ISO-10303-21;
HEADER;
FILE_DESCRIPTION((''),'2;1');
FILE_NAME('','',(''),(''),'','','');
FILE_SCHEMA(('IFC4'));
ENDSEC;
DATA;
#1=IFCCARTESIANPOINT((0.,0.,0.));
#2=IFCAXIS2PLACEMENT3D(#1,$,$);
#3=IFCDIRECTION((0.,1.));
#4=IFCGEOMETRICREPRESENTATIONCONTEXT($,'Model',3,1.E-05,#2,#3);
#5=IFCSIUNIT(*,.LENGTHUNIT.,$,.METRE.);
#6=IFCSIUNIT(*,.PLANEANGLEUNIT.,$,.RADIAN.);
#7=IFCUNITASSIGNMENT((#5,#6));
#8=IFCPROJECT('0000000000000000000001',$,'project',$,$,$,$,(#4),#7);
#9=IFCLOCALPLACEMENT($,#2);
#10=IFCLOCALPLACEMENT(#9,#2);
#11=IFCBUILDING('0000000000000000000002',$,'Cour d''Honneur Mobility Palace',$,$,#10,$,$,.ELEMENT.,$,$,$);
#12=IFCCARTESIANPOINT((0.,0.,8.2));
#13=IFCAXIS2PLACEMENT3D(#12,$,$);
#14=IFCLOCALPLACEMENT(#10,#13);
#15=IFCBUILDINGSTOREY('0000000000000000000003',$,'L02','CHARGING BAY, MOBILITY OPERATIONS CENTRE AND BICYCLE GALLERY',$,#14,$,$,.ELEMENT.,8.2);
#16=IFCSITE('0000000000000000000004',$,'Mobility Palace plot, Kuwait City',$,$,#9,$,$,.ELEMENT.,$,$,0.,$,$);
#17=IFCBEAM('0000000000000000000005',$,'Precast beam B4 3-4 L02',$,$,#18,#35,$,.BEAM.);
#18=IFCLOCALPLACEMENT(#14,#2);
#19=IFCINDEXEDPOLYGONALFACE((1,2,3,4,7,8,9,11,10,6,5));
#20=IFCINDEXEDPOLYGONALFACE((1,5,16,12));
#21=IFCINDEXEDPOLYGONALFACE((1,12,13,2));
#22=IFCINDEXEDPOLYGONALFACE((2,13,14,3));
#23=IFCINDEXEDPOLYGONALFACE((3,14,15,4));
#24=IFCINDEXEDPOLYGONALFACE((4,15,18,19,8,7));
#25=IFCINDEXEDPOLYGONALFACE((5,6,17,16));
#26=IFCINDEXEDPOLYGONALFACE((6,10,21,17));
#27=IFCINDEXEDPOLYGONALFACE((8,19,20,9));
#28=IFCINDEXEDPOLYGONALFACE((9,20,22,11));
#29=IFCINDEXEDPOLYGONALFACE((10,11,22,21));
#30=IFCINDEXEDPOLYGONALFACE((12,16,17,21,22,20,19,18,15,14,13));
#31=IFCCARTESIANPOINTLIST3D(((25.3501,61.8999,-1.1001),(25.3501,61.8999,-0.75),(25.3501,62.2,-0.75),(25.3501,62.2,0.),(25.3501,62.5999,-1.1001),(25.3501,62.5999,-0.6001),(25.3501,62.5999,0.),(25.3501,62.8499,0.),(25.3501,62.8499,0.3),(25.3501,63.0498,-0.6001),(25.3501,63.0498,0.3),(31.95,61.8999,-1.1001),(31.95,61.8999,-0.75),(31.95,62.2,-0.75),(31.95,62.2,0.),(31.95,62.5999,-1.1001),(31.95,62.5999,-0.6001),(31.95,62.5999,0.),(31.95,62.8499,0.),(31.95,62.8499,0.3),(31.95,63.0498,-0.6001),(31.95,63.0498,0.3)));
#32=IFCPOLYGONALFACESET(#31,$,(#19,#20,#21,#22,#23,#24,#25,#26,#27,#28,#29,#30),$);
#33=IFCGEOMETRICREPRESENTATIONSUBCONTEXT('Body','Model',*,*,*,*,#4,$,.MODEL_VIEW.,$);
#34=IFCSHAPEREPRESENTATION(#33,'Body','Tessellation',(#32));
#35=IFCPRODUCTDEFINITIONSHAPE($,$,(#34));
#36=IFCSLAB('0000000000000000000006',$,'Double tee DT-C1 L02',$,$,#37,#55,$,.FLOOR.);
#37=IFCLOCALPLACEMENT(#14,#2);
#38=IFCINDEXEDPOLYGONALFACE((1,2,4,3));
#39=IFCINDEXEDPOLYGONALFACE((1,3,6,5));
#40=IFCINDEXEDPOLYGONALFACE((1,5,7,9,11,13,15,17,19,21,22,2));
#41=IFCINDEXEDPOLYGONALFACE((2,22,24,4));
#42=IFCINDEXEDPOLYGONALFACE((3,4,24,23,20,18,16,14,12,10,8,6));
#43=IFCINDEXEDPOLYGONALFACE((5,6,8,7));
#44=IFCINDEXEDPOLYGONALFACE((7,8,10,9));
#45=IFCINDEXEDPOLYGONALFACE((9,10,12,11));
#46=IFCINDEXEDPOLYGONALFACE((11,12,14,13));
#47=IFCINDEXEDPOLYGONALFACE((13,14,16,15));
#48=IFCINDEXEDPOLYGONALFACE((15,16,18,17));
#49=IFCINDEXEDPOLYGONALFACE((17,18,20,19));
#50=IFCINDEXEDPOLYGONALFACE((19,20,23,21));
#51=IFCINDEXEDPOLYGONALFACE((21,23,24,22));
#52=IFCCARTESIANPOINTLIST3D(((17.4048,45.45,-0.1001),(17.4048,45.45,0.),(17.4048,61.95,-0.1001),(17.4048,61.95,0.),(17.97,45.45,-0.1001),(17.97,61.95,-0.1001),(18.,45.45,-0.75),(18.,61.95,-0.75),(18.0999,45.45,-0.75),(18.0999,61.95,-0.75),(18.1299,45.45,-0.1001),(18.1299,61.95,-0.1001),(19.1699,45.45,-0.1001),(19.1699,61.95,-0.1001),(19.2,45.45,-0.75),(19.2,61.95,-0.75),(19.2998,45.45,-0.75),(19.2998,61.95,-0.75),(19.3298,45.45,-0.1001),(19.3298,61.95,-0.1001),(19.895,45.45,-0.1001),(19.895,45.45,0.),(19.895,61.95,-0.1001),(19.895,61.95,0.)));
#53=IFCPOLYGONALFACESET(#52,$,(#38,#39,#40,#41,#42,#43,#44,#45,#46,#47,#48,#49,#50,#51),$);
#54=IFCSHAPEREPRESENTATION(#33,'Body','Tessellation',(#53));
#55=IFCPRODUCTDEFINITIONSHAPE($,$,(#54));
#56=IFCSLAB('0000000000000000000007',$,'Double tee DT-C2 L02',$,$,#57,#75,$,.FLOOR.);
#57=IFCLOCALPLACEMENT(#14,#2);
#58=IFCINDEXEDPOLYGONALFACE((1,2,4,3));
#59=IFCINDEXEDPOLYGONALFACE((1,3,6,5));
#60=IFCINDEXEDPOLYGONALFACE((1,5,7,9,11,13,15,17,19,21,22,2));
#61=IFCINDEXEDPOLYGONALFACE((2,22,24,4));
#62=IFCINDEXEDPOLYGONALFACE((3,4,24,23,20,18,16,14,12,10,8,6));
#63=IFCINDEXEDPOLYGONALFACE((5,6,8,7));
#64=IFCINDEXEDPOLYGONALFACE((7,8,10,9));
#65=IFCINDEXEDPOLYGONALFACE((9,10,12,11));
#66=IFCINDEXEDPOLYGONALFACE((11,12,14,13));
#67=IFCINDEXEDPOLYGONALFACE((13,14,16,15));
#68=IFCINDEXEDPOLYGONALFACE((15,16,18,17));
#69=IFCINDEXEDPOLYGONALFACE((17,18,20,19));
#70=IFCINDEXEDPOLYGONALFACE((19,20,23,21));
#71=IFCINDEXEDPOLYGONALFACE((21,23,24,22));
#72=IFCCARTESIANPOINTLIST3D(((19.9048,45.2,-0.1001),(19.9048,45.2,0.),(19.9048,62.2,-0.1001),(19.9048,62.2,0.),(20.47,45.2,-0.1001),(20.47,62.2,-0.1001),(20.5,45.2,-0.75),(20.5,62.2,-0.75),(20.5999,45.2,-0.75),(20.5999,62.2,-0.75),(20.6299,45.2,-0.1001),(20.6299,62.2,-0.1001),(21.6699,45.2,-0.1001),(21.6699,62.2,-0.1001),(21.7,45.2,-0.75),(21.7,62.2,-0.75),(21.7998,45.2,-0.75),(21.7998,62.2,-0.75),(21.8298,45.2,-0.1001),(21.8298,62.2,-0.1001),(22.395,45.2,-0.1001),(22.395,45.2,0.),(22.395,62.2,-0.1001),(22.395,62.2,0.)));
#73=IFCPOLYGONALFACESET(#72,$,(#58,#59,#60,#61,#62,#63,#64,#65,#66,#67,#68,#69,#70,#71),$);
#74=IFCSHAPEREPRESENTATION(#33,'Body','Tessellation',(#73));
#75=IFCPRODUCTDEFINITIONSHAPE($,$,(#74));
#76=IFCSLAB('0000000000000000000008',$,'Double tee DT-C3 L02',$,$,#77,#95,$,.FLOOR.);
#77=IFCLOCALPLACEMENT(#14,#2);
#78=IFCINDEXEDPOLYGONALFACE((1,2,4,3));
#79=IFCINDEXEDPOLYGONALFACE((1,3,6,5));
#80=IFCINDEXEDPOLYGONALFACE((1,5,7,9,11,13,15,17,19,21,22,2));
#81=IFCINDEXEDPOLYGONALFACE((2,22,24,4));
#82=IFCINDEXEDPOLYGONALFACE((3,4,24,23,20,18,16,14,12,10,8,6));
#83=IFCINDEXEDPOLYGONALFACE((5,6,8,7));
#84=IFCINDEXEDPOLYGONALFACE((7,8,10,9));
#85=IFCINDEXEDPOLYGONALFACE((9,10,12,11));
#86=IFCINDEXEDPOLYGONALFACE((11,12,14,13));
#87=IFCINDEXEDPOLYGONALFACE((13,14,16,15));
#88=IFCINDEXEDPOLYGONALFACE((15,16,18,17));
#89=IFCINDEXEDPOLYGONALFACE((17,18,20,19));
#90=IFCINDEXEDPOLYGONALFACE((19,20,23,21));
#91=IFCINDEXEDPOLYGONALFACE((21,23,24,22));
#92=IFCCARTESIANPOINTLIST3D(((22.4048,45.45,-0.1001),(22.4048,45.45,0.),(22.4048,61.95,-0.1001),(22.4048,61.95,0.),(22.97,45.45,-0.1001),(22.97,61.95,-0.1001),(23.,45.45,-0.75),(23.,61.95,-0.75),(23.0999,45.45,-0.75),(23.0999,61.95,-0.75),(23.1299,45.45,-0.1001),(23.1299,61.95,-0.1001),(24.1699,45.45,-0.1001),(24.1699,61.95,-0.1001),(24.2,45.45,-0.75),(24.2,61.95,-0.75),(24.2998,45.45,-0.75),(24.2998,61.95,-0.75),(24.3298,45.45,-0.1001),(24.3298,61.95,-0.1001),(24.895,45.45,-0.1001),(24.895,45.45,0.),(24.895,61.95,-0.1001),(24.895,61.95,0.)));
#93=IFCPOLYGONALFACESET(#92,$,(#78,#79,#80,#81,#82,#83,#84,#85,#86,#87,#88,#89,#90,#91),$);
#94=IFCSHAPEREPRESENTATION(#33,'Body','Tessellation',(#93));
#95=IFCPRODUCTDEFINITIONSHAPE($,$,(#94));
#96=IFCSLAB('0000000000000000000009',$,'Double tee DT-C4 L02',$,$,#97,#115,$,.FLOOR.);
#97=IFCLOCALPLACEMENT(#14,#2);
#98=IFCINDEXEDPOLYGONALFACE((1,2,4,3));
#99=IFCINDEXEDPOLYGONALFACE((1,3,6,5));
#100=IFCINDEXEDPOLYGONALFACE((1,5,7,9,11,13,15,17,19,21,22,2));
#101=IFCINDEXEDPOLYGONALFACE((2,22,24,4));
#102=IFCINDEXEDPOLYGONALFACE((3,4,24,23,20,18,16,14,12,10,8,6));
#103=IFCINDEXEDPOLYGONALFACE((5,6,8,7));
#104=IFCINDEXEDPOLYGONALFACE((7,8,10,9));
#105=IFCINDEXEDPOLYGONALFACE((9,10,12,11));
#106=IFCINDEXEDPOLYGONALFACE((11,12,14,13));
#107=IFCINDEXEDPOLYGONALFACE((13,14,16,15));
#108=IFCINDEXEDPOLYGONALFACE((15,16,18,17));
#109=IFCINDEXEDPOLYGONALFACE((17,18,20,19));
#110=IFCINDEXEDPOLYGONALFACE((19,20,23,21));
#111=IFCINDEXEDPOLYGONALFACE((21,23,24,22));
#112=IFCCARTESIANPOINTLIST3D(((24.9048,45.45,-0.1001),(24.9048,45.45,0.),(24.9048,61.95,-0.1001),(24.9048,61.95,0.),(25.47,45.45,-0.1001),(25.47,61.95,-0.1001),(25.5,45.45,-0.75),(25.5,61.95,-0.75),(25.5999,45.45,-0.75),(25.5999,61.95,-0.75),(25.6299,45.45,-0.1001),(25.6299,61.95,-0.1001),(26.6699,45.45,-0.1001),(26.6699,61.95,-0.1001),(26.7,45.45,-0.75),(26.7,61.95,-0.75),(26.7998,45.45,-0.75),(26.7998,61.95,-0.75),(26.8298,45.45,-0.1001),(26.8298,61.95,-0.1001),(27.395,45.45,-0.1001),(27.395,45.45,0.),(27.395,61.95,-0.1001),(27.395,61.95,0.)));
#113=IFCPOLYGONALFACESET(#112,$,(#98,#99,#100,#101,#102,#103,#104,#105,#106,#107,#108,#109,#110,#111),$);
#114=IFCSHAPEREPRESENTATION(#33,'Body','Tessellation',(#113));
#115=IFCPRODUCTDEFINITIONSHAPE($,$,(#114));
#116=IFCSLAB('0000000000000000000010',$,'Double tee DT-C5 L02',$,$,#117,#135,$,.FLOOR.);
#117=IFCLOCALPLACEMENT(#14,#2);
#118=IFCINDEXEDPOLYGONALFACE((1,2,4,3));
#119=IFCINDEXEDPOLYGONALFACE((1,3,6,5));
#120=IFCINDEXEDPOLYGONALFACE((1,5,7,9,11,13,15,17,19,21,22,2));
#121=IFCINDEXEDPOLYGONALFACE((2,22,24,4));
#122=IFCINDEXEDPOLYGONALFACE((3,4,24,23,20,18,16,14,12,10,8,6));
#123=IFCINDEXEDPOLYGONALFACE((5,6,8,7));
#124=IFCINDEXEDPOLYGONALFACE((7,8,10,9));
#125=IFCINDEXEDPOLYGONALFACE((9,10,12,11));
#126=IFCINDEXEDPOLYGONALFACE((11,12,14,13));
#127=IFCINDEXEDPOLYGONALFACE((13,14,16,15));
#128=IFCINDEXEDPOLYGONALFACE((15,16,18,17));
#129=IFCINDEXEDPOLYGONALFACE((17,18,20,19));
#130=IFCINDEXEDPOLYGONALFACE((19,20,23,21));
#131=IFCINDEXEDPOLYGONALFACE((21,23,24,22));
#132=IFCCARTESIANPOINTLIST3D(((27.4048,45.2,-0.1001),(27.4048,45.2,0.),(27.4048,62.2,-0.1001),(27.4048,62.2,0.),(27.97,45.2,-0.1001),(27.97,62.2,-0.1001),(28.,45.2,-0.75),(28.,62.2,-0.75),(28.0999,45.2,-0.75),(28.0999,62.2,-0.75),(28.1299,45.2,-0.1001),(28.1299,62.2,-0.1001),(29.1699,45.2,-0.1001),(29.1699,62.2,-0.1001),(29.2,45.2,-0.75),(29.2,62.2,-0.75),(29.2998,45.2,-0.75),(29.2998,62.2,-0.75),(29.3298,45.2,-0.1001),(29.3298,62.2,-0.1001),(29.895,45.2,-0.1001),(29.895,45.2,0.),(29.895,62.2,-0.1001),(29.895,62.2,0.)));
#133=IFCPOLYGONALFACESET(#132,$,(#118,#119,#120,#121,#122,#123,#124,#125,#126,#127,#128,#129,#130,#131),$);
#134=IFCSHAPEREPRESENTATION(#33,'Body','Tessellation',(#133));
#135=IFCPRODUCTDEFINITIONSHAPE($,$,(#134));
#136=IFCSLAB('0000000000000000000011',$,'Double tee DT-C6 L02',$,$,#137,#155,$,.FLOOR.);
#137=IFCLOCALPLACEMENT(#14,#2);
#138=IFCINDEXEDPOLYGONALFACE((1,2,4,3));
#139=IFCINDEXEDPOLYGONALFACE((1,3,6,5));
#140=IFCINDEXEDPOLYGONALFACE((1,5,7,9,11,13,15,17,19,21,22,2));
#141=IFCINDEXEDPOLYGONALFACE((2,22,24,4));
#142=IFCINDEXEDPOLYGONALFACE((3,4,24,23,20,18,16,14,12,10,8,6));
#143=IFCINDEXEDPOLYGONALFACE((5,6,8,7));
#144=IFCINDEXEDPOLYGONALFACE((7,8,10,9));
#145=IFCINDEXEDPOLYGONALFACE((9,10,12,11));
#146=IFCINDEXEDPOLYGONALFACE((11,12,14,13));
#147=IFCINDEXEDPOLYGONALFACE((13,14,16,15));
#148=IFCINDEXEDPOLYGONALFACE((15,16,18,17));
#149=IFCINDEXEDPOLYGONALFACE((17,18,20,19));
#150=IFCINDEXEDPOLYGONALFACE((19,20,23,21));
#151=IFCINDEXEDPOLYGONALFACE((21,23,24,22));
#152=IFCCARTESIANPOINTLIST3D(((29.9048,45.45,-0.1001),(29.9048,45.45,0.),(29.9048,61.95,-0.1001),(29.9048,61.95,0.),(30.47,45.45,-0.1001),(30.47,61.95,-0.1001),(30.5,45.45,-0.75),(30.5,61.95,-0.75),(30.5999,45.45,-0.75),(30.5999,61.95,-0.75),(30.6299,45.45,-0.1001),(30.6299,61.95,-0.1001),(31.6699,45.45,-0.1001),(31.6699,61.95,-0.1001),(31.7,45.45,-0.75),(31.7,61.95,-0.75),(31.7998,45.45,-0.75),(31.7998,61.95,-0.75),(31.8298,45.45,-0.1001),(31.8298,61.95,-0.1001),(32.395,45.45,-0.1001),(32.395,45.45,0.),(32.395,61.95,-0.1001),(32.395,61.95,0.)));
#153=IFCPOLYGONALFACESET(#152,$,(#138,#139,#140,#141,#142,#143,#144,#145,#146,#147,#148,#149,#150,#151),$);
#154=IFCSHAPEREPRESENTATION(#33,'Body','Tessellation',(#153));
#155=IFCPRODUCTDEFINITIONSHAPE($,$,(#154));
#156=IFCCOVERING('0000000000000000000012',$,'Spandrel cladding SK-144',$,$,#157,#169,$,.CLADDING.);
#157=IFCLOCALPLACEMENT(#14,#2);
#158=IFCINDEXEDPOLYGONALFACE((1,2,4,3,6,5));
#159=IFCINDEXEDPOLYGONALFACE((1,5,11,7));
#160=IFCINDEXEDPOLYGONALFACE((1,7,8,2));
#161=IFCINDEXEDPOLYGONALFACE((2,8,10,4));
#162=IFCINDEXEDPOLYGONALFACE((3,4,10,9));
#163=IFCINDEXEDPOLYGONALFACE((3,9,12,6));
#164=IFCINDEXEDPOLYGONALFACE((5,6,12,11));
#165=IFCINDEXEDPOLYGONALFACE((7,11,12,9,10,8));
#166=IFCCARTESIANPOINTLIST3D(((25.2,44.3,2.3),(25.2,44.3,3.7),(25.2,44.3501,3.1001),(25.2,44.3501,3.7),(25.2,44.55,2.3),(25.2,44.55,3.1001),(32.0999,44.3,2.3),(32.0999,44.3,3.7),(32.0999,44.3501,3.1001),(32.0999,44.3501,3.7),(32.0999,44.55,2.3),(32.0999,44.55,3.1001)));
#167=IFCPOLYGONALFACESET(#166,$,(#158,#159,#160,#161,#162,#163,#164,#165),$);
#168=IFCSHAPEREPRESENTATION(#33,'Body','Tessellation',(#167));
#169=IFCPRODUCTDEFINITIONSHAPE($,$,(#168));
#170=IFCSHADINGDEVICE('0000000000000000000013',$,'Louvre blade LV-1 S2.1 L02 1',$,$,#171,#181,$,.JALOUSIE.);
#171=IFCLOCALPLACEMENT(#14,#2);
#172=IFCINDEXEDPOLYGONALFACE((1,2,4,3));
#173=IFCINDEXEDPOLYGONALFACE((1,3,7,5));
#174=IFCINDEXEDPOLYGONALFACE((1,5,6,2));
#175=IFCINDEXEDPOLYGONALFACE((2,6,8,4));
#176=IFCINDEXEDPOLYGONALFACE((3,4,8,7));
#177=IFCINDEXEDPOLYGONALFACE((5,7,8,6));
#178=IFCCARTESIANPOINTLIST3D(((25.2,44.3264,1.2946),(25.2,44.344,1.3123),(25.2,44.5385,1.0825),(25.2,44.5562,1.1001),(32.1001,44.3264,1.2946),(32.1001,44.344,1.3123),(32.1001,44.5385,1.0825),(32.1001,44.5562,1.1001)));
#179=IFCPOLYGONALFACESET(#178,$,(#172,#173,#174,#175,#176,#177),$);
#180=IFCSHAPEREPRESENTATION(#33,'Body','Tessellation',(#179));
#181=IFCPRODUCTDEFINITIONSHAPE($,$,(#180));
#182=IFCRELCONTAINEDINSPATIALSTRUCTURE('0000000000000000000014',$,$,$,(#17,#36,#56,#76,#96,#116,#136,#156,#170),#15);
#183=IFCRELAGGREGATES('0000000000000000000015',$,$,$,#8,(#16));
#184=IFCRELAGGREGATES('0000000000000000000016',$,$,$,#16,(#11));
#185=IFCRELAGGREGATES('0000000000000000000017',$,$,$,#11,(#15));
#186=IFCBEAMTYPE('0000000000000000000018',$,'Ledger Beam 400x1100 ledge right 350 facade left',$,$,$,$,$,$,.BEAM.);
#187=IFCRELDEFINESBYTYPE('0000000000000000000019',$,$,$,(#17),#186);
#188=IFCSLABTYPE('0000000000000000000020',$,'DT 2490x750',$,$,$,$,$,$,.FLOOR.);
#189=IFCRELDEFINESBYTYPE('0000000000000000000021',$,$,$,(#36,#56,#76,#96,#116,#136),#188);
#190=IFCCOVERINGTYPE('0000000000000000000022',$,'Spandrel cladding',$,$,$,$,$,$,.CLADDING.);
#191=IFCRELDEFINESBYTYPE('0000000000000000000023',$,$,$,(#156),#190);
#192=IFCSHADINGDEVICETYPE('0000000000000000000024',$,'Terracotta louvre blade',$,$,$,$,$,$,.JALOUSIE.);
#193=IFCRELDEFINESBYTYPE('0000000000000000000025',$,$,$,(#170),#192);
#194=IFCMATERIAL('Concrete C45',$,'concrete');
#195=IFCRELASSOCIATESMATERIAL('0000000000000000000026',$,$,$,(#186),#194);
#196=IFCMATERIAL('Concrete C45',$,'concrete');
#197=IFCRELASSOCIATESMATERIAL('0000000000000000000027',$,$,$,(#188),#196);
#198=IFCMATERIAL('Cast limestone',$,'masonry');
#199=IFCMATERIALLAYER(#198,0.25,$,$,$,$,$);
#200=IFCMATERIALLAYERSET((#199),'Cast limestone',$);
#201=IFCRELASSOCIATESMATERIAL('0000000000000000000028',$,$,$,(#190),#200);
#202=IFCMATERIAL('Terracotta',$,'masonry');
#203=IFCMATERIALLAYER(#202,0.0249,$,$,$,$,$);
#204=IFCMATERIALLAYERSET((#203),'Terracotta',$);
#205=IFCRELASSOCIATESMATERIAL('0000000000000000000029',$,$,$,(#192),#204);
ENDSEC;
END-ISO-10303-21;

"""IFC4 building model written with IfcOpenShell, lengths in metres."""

from ifc_helpers import new_model, si_unit, direction, frame, origin, place, context, subcontext, project, spatial, polyline, outline, extrude, material, layer, layer_set, material_profile, profile_set, type_object, element, save


model = new_model("IFC4")

# Units and contexts
model_context = context("Model", 3, precision=1e-05, world=origin(), true_north=direction((0.0, 1.0)))
body_context = subcontext(model_context, "Body", "Model", "MODEL_VIEW")
ifc_project = project(units=[si_unit("LENGTHUNIT", "METRE"), si_unit("PLANEANGLEUNIT", "RADIAN")], contexts=[model_context])

# Site, building, storey
site_placement = place(None, origin())
site = spatial("IfcSite", under=ifc_project, at=site_placement, Name="Mobility Palace plot, Kuwait City", CompositionType="ELEMENT", RefElevation=0.0)
building_placement = place(site_placement, origin())
building = spatial("IfcBuilding", under=site, at=building_placement, Name="Cour d'Honneur Mobility Palace", CompositionType="ELEMENT")
storey_placement = place(building_placement, frame((0.0, 0.0, 8.2)))
storey = spatial("IfcBuildingStorey", under=building, at=storey_placement, Name="L02", Description="CHARGING BAY, MOBILITY OPERATIONS CENTRE AND BICYCLE GALLERY", CompositionType="ELEMENT", Elevation=8.2)

# Beam
ifc_material_1 = material(Name="Concrete C45", Category="concrete")
ifc_material_profile_1 = material_profile(ifc_material_1, outline(polyline([(0.2, -1.1001), (0.2, -0.6001), (0.6499, -0.6001), (0.6499, 0.3), (0.45, 0.3), (0.45, 0.0), (0.2, 0.0), (-0.2, 0.0), (-0.2, -0.75), (-0.5, -0.75), (-0.5, -1.1001), (0.2, -1.1001)])), Name="Ledger Beam 400x1100 ledge right 350 facade left")
ifc_profile_set_1 = profile_set([ifc_material_profile_1], Name="Concrete C45")
beam_type_1 = type_object("IfcBeamType", Name="Ledger Beam 400x1100 ledge right 350 facade left", PredefinedType="BEAM", material=ifc_profile_set_1)
beam_1_placement = place(storey_placement, frame((25.3501, 62.3999, 0.0), z_axis=(1.0, 0.0, 0.0), x_axis=(0.0, 1.0, 0.0)))
element("IfcBeam", 1, at=beam_1_placement, inside=storey, type_object=beam_type_1, Name="Precast beam B4 3-4 L02", PredefinedType="BEAM", context=body_context, shape_type="SweptSolid", body=[
    extrude(outline(polyline([(0.2, -1.1001), (0.2, -0.6001), (0.6499, -0.6001), (0.6499, 0.3), (0.45, 0.3), (0.45, 0.0), (0.2, 0.0), (-0.2, 0.0), (-0.2, -0.75), (-0.5, -0.75), (-0.5, -1.1001), (0.2, -1.1001)])), origin(), (0.0, 0.0, 1.0), 6.5999),
])

# Slabs
ifc_material_2 = material(Name="Concrete C45", Category="concrete")
ifc_material_profile_2 = material_profile(ifc_material_2, outline(polyline([(-1.2451, 0.0), (1.2451, 0.0), (1.2451, -0.1001), (0.6799, -0.1001), (0.6499, -0.75), (0.55, -0.75), (0.52, -0.1001), (-0.52, -0.1001), (-0.55, -0.75), (-0.6499, -0.75), (-0.6799, -0.1001), (-1.2451, -0.1001), (-1.2451, 0.0)])), Name="DT 2490x750")
ifc_profile_set_2 = profile_set([ifc_material_profile_2], Name="Concrete C45")
slab_type = type_object("IfcSlabType", Name="DT 2490x750", PredefinedType="FLOOR", material=ifc_profile_set_2)
slab_1_placement = place(storey_placement, frame((18.6499, 45.45, 0.0), z_axis=(0.0, 1.0, 0.0), x_axis=(-1.0, 0.0, 0.0)))
element("IfcSlab", 2, at=slab_1_placement, inside=storey, type_object=slab_type, Name="Double tee DT-C1 L02", PredefinedType="FLOOR", context=body_context, shape_type="SweptSolid", body=[
    extrude(outline(polyline([(-1.2451, 0.0), (1.2451, 0.0), (1.2451, -0.1001), (0.6799, -0.1001), (0.6499, -0.75), (0.55, -0.75), (0.52, -0.1001), (-0.52, -0.1001), (-0.55, -0.75), (-0.6499, -0.75), (-0.6799, -0.1001), (-1.2451, -0.1001), (-1.2451, 0.0)])), origin(), (0.0, 0.0, 1.0), 16.5),
])
slab_2_placement = place(storey_placement, frame((21.1499, 45.2, 0.0), z_axis=(0.0, 1.0, 0.0), x_axis=(-1.0, 0.0, 0.0)))
element("IfcSlab", 3, at=slab_2_placement, inside=storey, type_object=slab_type, Name="Double tee DT-C2 L02", PredefinedType="FLOOR", context=body_context, shape_type="SweptSolid", body=[
    extrude(outline(polyline([(-1.2451, 0.0), (1.2451, 0.0), (1.2451, -0.1001), (0.6799, -0.1001), (0.6499, -0.75), (0.55, -0.75), (0.52, -0.1001), (-0.52, -0.1001), (-0.55, -0.75), (-0.6499, -0.75), (-0.6799, -0.1001), (-1.2451, -0.1001), (-1.2451, 0.0)])), origin(), (0.0, 0.0, 1.0), 17.0),
])
for number, where, z_axis, x_axis, name in (
    (4, (23.6499, 45.45, 0.0), (0.0, 1.0, 0.0), (-1.0, 0.0, 0.0), "Double tee DT-C3 L02"),
    (5, (26.1499, 45.45, 0.0), (0.0, 1.0, 0.0), (-1.0, 0.0, 0.0), "Double tee DT-C4 L02"),
):
    element("IfcSlab", number, at=place(storey_placement, frame(where, z_axis=z_axis, x_axis=x_axis)), inside=storey, type_object=slab_type, Name=name, PredefinedType="FLOOR", context=body_context, shape_type="SweptSolid", body=[
        extrude(outline(polyline([(-1.2451, 0.0), (1.2451, 0.0), (1.2451, -0.1001), (0.6799, -0.1001), (0.6499, -0.75), (0.55, -0.75), (0.52, -0.1001), (-0.52, -0.1001), (-0.55, -0.75), (-0.6499, -0.75), (-0.6799, -0.1001), (-1.2451, -0.1001), (-1.2451, 0.0)])), origin(), (0.0, 0.0, 1.0), 16.5),
    ])
slab_3_placement = place(storey_placement, frame((28.6499, 45.2, 0.0), z_axis=(0.0, 1.0, 0.0), x_axis=(-1.0, 0.0, 0.0)))
element("IfcSlab", 6, at=slab_3_placement, inside=storey, type_object=slab_type, Name="Double tee DT-C5 L02", PredefinedType="FLOOR", context=body_context, shape_type="SweptSolid", body=[
    extrude(outline(polyline([(-1.2451, 0.0), (1.2451, 0.0), (1.2451, -0.1001), (0.6799, -0.1001), (0.6499, -0.75), (0.55, -0.75), (0.52, -0.1001), (-0.52, -0.1001), (-0.55, -0.75), (-0.6499, -0.75), (-0.6799, -0.1001), (-1.2451, -0.1001), (-1.2451, 0.0)])), origin(), (0.0, 0.0, 1.0), 17.0),
])
slab_4_placement = place(storey_placement, frame((31.1499, 45.45, 0.0), z_axis=(0.0, 1.0, 0.0), x_axis=(-1.0, 0.0, 0.0)))
element("IfcSlab", 7, at=slab_4_placement, inside=storey, type_object=slab_type, Name="Double tee DT-C6 L02", PredefinedType="FLOOR", context=body_context, shape_type="SweptSolid", body=[
    extrude(outline(polyline([(-1.2451, 0.0), (1.2451, 0.0), (1.2451, -0.1001), (0.6799, -0.1001), (0.6499, -0.75), (0.55, -0.75), (0.52, -0.1001), (-0.52, -0.1001), (-0.55, -0.75), (-0.6499, -0.75), (-0.6799, -0.1001), (-1.2451, -0.1001), (-1.2451, 0.0)])), origin(), (0.0, 0.0, 1.0), 16.5),
])

# Covering
ifc_material_3 = material(Name="Cast limestone", Category="masonry")
ifc_layer_1 = layer(ifc_material_3, 0.25)
ifc_layer_set_1 = layer_set([ifc_layer_1], Name="Cast limestone")
covering_type = type_object("IfcCoveringType", Name="Spandrel cladding", PredefinedType="CLADDING", material=ifc_layer_set_1)
covering_placement = place(storey_placement, frame((25.2, 44.55, 2.3), z_axis=(-1.0, 0.0, 0.0), x_axis=(0.0, -1.0, 0.0)))
element("IfcCovering", 8, at=covering_placement, inside=storey, type_object=covering_type, Name="Spandrel cladding SK-144", PredefinedType="CLADDING", context=body_context, shape_type="SweptSolid", body=[
    extrude(outline(polyline([(0.0, 0.0), (0.25, 0.0), (0.25, 1.3999), (0.2, 1.3999), (0.2, 0.8), (0.0, 0.8), (0.0, 0.0)])), origin(), (0.0, 0.0, -1.0), 6.8999),
])

# Shading device
ifc_material_4 = material(Name="Terracotta", Category="masonry")
ifc_layer_2 = layer(ifc_material_4, 0.0249)
ifc_layer_set_2 = layer_set([ifc_layer_2], Name="Terracotta")
shading_device_type = type_object("IfcShadingDeviceType", Name="Terracotta louvre blade", PredefinedType="JALOUSIE", material=ifc_layer_set_2)
for number, where, z_axis, x_axis, name in (
    (9, (25.2, 44.5562, 1.1001), (0.0, 0.707107, 0.707107), (1.0, 0.0, 0.0), "Louvre blade LV-1 S2.1 L02 1"),
):
    element("IfcShadingDevice", number, at=place(storey_placement, frame(where, z_axis=z_axis, x_axis=x_axis)), inside=storey, type_object=shading_device_type, Name=name, PredefinedType="JALOUSIE", context=body_context, shape_type="SweptSolid", body=[
        extrude(outline(polyline([(0.0, 0.0), (6.9001, 0.0), (6.9001, -0.3), (0.0, -0.3), (0.0, 0.0)])), origin(), (0.0, 0.0, -1.0), 0.0249),
    ])

save(model, "model.ifc")
